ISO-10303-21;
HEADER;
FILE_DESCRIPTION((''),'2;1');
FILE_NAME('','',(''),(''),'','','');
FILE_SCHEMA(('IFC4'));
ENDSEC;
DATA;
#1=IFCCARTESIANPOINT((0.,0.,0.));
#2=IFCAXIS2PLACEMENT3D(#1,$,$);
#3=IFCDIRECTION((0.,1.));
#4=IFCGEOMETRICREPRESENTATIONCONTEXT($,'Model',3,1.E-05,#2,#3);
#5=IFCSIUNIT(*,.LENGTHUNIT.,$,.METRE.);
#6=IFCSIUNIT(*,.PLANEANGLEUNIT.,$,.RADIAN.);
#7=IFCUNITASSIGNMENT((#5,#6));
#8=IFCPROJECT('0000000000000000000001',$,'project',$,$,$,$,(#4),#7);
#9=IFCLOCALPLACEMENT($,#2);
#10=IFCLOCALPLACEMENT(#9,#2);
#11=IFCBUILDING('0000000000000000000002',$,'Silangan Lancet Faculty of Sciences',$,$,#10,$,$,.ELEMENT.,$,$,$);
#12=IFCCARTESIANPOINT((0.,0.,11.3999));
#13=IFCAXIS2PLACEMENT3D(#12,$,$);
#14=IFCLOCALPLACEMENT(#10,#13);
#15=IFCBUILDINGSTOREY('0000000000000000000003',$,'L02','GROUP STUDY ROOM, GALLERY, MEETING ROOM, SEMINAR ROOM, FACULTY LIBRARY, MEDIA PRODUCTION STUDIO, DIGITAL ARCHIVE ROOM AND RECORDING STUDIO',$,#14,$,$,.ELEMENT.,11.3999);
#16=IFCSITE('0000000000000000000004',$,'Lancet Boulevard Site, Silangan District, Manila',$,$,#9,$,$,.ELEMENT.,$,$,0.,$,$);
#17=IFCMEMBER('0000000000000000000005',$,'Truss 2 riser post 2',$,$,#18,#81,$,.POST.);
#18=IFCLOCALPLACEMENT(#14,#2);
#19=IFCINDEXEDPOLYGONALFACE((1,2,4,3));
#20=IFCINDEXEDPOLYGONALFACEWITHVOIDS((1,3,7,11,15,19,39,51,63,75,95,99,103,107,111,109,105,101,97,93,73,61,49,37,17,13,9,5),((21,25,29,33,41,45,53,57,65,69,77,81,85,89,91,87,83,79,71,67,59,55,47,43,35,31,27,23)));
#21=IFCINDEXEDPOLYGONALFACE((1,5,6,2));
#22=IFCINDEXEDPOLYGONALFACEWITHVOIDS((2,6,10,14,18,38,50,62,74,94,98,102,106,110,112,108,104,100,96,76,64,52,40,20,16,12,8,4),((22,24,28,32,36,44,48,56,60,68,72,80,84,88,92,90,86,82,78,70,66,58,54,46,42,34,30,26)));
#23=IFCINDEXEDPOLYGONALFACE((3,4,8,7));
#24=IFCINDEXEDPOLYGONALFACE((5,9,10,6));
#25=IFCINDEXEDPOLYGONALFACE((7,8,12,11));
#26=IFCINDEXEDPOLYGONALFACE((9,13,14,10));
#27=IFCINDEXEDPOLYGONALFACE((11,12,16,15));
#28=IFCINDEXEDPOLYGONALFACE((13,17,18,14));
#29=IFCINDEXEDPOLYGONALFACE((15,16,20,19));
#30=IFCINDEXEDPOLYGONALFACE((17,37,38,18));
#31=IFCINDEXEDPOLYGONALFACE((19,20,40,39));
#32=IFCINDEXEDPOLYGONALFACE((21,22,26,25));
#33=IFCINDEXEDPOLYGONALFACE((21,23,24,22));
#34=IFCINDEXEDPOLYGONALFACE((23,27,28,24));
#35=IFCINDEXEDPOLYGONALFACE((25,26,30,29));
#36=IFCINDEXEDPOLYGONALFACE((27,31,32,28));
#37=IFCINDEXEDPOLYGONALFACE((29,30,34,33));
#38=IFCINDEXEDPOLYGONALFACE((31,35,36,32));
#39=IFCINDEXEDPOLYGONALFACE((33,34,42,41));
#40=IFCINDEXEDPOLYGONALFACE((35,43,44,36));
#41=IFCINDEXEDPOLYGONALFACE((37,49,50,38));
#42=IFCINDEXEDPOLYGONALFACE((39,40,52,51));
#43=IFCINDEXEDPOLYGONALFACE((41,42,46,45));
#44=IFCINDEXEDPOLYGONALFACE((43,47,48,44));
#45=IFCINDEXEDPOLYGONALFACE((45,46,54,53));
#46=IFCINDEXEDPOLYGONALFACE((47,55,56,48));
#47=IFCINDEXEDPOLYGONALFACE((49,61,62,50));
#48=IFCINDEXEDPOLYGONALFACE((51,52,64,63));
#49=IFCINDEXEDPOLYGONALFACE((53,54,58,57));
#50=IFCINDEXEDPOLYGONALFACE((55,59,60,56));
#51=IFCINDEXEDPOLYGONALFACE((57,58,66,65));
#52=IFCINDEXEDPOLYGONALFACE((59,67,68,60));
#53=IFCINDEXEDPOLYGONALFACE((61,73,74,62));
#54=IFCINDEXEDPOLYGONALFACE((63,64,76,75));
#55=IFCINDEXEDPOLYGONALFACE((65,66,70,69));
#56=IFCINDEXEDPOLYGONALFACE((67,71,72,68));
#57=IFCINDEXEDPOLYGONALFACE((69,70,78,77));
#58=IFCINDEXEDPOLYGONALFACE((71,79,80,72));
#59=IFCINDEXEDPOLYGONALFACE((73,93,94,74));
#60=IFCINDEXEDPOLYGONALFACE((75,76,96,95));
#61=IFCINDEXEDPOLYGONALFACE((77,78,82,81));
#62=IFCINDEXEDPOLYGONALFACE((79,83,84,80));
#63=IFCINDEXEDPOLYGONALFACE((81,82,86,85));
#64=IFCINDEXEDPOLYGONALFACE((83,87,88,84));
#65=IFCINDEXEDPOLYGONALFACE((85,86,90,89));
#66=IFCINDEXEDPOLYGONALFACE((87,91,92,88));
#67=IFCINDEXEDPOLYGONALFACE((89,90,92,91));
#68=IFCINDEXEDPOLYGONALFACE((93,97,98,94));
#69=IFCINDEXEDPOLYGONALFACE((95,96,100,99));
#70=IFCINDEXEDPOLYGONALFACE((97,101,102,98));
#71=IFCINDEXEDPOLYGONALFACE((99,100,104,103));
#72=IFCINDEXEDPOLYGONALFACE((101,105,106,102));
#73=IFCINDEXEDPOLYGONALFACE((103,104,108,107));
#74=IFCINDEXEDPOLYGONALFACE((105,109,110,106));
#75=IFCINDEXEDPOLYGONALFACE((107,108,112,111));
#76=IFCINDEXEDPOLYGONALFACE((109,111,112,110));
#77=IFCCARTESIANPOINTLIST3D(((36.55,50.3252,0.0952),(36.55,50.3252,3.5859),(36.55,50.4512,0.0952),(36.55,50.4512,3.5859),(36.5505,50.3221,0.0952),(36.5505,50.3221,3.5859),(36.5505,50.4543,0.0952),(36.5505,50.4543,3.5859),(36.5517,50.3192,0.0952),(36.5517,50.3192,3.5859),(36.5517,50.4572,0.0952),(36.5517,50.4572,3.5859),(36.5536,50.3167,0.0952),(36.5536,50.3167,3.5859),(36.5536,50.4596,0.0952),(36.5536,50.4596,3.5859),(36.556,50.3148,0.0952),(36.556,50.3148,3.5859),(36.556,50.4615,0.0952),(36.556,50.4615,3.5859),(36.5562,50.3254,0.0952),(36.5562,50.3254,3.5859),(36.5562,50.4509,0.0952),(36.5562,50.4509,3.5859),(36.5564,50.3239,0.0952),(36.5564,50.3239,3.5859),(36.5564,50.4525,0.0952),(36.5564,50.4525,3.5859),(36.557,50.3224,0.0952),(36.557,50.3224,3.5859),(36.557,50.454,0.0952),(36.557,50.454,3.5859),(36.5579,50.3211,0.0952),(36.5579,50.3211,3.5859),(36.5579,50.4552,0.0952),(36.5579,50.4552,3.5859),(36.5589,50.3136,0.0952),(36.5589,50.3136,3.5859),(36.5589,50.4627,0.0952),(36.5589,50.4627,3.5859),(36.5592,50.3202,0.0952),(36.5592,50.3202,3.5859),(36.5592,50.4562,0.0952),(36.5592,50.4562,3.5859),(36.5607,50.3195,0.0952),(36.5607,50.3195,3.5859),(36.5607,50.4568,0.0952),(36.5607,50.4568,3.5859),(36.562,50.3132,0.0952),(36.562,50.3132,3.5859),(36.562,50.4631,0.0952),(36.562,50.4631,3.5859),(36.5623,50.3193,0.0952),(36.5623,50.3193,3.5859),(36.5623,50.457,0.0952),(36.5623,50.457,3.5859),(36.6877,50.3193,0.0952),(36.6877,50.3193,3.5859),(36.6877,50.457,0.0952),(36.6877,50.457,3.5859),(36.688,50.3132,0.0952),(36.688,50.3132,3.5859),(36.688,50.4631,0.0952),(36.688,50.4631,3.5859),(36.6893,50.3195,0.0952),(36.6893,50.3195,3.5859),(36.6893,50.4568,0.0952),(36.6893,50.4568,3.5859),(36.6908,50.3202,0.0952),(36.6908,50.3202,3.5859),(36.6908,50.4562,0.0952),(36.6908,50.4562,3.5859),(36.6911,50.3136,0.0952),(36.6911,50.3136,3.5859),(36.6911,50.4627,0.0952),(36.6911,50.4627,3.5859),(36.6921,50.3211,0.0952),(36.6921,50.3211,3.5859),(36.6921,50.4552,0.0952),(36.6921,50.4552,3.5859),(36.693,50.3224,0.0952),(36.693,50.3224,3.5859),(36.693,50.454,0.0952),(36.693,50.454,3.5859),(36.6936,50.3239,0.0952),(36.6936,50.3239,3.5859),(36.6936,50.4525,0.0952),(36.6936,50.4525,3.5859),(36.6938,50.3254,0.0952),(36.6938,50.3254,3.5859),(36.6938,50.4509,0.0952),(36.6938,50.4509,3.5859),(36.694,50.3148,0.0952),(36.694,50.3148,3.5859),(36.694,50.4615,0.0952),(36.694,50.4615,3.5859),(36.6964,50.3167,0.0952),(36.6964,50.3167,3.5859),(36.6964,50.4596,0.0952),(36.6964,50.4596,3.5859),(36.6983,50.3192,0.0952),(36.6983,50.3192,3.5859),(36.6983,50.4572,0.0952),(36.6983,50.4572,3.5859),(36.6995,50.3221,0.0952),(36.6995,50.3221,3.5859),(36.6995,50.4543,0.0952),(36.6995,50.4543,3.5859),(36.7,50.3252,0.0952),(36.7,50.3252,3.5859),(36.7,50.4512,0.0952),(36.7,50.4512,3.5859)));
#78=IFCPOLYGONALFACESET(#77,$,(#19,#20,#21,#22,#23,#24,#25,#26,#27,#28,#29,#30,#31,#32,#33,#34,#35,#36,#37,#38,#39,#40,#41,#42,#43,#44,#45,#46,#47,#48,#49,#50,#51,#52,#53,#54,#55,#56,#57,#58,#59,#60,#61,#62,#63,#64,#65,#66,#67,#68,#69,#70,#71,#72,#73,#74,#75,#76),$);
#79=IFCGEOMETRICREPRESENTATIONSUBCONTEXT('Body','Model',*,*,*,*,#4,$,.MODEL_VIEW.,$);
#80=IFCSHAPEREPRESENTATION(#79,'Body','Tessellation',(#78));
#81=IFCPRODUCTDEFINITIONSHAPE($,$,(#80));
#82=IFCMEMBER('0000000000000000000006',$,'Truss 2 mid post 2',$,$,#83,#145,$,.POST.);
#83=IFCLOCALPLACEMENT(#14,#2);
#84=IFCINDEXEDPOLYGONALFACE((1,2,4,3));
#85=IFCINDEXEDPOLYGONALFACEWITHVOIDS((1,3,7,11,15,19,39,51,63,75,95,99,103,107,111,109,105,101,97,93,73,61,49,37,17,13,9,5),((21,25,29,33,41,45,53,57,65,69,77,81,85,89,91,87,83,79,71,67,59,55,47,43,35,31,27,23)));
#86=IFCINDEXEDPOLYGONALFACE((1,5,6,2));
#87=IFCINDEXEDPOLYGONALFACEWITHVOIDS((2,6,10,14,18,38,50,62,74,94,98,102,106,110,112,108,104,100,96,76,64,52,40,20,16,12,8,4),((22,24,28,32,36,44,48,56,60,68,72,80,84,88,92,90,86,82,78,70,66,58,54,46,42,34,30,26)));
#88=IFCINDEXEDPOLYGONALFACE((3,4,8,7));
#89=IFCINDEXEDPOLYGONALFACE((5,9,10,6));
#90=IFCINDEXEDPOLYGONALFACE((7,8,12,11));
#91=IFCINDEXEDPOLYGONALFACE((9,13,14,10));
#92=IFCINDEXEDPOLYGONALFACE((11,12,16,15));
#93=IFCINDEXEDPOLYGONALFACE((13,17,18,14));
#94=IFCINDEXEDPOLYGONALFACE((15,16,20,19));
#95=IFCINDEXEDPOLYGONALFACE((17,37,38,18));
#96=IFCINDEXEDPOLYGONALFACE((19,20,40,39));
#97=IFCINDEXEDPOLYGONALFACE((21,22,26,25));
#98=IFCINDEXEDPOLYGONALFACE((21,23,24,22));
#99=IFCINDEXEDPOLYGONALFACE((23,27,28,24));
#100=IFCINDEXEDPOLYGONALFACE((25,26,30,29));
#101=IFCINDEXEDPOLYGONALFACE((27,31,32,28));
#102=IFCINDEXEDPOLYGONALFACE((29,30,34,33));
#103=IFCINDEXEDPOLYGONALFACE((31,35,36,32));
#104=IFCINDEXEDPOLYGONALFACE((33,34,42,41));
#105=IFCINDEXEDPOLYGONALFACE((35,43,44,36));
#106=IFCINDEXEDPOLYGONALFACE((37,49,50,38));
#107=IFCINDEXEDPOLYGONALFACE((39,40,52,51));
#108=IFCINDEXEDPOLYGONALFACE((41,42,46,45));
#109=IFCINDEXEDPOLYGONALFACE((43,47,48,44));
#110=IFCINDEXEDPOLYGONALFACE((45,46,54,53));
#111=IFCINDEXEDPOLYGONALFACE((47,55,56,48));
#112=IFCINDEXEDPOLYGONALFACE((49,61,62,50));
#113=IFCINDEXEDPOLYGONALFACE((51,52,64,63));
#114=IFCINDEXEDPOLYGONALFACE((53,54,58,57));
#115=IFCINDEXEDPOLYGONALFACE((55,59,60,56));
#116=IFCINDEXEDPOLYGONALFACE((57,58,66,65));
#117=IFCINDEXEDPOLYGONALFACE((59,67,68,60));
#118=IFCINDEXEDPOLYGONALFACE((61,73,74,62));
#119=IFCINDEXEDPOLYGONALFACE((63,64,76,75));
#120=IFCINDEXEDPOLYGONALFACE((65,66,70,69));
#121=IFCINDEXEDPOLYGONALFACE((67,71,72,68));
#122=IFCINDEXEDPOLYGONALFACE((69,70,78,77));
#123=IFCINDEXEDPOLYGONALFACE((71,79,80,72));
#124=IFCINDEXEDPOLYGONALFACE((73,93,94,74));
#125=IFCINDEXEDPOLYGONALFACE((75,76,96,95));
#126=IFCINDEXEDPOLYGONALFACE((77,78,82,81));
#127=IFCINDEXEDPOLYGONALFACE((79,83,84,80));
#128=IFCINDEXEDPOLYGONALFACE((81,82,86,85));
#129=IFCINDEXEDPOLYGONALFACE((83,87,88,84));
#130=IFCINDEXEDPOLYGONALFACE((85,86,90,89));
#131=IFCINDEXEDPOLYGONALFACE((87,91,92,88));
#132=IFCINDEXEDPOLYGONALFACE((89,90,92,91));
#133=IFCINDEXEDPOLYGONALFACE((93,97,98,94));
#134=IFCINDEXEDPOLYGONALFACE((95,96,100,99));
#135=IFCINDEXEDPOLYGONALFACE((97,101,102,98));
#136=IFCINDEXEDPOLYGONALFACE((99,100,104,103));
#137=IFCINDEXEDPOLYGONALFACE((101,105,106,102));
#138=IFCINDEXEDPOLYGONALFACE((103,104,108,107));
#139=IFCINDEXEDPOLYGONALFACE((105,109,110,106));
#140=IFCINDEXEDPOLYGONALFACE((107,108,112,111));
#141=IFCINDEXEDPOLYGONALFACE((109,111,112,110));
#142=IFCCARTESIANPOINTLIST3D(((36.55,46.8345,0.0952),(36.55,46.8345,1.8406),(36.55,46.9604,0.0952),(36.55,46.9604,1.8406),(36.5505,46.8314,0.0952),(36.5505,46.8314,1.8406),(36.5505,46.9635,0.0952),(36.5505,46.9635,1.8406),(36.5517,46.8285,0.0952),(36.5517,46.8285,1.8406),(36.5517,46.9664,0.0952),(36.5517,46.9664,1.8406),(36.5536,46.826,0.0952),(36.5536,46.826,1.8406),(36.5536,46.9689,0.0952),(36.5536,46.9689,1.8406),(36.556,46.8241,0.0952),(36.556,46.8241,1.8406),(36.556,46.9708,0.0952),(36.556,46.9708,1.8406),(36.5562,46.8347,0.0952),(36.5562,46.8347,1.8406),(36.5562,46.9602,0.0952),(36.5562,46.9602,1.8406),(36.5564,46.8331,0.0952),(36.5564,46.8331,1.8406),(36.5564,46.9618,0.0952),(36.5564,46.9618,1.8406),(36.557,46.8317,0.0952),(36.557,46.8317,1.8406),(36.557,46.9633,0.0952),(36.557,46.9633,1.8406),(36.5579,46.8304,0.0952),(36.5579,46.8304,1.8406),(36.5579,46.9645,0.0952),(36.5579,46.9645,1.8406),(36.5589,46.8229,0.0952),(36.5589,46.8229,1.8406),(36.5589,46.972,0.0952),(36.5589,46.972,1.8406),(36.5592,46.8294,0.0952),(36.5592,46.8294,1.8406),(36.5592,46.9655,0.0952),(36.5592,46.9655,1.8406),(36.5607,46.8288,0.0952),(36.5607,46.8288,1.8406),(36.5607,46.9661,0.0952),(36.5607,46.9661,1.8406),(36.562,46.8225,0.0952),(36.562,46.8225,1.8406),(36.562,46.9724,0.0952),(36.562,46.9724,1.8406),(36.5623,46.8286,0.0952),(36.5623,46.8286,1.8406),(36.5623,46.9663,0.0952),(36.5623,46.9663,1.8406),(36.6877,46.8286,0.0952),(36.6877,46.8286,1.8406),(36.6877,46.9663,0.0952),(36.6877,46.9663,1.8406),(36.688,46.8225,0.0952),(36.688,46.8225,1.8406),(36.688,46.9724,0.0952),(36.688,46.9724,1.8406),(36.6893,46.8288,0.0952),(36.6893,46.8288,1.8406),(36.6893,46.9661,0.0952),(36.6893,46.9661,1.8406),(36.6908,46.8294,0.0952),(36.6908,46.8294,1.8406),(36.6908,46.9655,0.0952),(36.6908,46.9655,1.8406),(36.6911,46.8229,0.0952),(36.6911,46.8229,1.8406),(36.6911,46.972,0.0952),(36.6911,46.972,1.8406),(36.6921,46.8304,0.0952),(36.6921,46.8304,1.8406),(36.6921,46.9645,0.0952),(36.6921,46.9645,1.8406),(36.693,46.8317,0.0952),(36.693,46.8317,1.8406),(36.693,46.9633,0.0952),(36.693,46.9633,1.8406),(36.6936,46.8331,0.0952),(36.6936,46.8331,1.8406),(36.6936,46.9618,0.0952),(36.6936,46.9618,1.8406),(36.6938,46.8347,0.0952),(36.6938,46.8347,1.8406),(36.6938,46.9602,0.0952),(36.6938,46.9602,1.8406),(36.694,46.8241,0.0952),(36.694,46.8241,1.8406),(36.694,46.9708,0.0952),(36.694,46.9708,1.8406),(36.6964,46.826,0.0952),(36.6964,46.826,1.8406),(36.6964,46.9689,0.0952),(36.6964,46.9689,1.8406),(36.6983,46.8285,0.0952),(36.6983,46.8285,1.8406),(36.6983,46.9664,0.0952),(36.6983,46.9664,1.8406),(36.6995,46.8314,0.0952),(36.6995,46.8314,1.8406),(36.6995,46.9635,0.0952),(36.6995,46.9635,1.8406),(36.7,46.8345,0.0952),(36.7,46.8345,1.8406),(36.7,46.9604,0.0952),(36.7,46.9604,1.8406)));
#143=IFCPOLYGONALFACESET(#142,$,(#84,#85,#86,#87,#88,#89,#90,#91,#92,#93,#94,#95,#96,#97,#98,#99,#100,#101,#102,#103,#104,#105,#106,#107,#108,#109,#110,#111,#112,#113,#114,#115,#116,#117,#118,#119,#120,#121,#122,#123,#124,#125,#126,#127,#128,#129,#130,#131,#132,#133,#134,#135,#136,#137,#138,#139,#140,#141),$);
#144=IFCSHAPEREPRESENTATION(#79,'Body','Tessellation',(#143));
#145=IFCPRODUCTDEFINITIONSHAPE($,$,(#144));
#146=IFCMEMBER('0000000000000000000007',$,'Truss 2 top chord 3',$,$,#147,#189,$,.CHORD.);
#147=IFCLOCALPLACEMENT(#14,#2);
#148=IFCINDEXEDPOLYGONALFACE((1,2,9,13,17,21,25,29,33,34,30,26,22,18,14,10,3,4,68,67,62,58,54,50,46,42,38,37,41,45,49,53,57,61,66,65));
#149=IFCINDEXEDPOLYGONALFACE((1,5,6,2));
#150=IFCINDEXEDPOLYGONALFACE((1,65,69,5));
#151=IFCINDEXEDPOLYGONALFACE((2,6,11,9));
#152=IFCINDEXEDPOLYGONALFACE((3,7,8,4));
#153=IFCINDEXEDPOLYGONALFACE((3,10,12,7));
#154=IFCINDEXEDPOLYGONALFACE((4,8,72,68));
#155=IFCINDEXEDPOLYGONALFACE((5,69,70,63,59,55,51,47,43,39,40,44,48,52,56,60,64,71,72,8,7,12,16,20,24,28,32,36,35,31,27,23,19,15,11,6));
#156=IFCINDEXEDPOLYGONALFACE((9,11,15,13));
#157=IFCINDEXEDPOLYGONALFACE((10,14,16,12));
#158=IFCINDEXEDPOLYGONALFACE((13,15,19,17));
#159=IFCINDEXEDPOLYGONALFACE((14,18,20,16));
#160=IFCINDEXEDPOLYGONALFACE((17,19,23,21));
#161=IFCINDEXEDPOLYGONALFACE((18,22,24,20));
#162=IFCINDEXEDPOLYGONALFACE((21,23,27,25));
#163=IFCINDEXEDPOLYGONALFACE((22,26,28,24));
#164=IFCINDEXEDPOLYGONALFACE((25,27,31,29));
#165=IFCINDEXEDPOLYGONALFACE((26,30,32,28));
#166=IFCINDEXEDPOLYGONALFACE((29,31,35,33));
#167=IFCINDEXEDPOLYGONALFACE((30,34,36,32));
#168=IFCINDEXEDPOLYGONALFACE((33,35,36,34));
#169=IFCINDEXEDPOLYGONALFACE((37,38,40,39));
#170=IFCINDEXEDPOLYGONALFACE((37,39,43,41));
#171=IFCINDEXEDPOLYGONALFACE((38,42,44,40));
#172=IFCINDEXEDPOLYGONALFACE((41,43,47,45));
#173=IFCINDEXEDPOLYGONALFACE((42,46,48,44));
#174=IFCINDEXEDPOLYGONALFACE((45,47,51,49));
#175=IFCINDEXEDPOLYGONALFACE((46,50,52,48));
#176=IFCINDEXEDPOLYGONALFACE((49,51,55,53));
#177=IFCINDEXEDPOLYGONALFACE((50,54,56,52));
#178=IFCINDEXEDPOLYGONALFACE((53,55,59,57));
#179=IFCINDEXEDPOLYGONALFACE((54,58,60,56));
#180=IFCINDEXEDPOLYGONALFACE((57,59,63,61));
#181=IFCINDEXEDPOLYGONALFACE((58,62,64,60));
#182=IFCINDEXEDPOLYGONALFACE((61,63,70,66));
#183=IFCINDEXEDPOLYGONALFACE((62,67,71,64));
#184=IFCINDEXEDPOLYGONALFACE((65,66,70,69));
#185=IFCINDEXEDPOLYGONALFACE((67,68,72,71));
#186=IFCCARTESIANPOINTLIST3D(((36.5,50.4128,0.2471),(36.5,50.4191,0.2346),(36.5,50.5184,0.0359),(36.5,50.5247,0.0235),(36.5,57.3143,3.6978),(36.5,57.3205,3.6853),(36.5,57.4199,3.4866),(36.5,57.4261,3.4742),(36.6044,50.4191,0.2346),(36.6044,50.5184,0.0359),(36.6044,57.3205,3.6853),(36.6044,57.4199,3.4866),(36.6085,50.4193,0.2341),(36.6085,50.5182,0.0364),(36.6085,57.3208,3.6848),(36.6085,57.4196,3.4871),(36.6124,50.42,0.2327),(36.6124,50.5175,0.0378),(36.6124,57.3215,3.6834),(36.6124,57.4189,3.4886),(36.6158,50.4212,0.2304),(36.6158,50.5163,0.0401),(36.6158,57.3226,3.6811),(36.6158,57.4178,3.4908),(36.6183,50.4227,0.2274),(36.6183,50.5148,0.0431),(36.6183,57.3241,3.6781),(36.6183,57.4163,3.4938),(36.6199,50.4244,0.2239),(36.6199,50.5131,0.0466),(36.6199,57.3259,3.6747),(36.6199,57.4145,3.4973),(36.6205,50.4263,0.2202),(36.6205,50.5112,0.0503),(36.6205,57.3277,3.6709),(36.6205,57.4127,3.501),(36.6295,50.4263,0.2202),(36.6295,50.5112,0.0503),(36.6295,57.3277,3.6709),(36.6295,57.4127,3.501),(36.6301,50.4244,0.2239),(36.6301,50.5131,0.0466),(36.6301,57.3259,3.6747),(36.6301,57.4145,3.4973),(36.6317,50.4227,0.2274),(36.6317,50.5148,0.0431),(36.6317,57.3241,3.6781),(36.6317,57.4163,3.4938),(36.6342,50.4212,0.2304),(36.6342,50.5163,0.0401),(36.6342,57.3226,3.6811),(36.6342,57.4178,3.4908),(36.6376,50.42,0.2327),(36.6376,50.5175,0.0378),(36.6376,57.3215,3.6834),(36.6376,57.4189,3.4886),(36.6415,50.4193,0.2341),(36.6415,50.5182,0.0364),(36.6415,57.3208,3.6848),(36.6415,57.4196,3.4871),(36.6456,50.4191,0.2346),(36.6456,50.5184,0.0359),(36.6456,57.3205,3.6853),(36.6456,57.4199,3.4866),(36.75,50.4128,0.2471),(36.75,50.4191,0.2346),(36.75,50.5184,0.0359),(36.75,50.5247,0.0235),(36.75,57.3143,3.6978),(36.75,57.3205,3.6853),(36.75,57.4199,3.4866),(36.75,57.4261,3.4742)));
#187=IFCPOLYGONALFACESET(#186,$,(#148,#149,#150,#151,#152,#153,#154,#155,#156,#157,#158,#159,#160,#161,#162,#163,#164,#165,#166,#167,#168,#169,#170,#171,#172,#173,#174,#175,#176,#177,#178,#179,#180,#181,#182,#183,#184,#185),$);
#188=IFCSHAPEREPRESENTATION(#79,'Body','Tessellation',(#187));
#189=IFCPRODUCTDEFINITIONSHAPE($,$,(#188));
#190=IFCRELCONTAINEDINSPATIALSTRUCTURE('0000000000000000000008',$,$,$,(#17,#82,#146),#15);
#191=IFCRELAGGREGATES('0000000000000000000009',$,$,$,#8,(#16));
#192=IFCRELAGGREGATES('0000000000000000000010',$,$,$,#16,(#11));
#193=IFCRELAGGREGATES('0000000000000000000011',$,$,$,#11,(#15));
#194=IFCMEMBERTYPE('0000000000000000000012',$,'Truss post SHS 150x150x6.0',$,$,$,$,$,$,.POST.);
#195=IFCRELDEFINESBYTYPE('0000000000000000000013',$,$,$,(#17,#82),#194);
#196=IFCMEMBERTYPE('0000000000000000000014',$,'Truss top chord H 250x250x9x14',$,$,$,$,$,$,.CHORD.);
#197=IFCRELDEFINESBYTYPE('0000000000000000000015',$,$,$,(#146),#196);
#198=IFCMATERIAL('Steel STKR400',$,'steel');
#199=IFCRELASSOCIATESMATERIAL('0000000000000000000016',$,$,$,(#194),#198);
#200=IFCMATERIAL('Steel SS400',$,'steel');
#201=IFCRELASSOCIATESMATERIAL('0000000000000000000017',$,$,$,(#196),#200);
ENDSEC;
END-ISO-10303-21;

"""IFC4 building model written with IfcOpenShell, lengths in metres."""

from ifc_helpers import new_model, si_unit, direction, frame, origin, origin_2d, place, context, subcontext, project, spatial, hollow_rectangle, i_section, extrude, material, material_profile, profile_set, type_object, element, save


model = new_model("IFC4")

# Units and contexts
model_context = context("Model", 3, precision=1e-05, world=origin(), true_north=direction((0.0, 1.0)))
body_context = subcontext(model_context, "Body", "Model", "MODEL_VIEW")
ifc_project = project(units=[si_unit("LENGTHUNIT", "METRE"), si_unit("PLANEANGLEUNIT", "RADIAN")], contexts=[model_context])

# Site, building, storey
site_placement = place(None, origin())
site = spatial("IfcSite", under=ifc_project, at=site_placement, Name="Lancet Boulevard Site, Silangan District, Manila", CompositionType="ELEMENT", RefElevation=0.0)
building_placement = place(site_placement, origin())
building = spatial("IfcBuilding", under=site, at=building_placement, Name="Silangan Lancet Faculty of Sciences", CompositionType="ELEMENT")
storey_placement = place(building_placement, frame((0.0, 0.0, 11.3999)))
storey = spatial("IfcBuildingStorey", under=building, at=storey_placement, Name="L02", Description="GROUP STUDY ROOM, GALLERY, MEETING ROOM, SEMINAR ROOM, FACULTY LIBRARY, MEDIA PRODUCTION STUDIO, DIGITAL ARCHIVE ROOM AND RECORDING STUDIO", CompositionType="ELEMENT", Elevation=11.3999)

# Members
ifc_material_1 = material(Name="Steel STKR400", Category="steel")
ifc_material_profile_1 = material_profile(ifc_material_1, hollow_rectangle(XDim=0.1499, YDim=0.1499, WallThickness=0.0061, InnerFilletRadius=0.0061, OuterFilletRadius=0.012, at=origin_2d()), Name="SHS 150x150x6.0")
ifc_profile_set_1 = profile_set([ifc_material_profile_1], Name="Steel STKR400")
member_type_1 = type_object("IfcMemberType", Name="Truss post SHS 150x150x6.0", PredefinedType="POST", material=ifc_profile_set_1)
member_1_placement = place(storey_placement, frame((36.625, 50.3882, 0.0952), z_axis=(0.0, 0.0, 1.0), x_axis=(1.0, 0.0, 0.0)))
element("IfcMember", 1, at=member_1_placement, inside=storey, type_object=member_type_1, Name="Truss 2 riser post 2", PredefinedType="POST", context=body_context, shape_type="SweptSolid", body=[
    extrude(hollow_rectangle(XDim=0.1499, YDim=0.1499, WallThickness=0.0061, InnerFilletRadius=0.0061, OuterFilletRadius=0.012, at=origin_2d()), origin(), (0.0, 0.0, 1.0), 3.4907),
])
member_2_placement = place(storey_placement, frame((36.625, 46.8975, 0.0952), z_axis=(0.0, 0.0, 1.0), x_axis=(1.0, 0.0, 0.0)))
element("IfcMember", 2, at=member_2_placement, inside=storey, type_object=member_type_1, Name="Truss 2 mid post 2", PredefinedType="POST", context=body_context, shape_type="SweptSolid", body=[
    extrude(hollow_rectangle(XDim=0.1499, YDim=0.1499, WallThickness=0.0061, InnerFilletRadius=0.0061, OuterFilletRadius=0.012, at=origin_2d()), origin(), (0.0, 0.0, 1.0), 1.7454),
])
ifc_material_2 = material(Name="Steel SS400", Category="steel")
ifc_material_profile_2 = material_profile(ifc_material_2, i_section(OverallWidth=0.25, OverallDepth=0.25, WebThickness=0.009, FlangeThickness=0.0139, FilletRadius=0.0161, at=origin_2d()), Name="H 250x250x9x14")
ifc_profile_set_2 = profile_set([ifc_material_profile_2], Name="Steel SS400")
member_type_2 = type_object("IfcMemberType", Name="Truss top chord H 250x250x9x14", PredefinedType="CHORD", material=ifc_profile_set_2)
member_3_placement = place(storey_placement, frame((36.625, 50.4688, 0.1353), z_axis=(0.0, 0.894427, 0.447214), x_axis=(-1.0, 0.0, 0.0)))
element("IfcMember", 3, at=member_3_placement, inside=storey, type_object=member_type_2, Name="Truss 2 top chord 3", PredefinedType="CHORD", context=body_context, shape_type="SweptSolid", body=[
    extrude(i_section(OverallWidth=0.25, OverallDepth=0.25, WebThickness=0.009, FlangeThickness=0.0139, FilletRadius=0.0161, at=origin_2d()), origin(), (0.0, 0.0, 1.0), 7.7161),
])

save(model, "model.ifc")
